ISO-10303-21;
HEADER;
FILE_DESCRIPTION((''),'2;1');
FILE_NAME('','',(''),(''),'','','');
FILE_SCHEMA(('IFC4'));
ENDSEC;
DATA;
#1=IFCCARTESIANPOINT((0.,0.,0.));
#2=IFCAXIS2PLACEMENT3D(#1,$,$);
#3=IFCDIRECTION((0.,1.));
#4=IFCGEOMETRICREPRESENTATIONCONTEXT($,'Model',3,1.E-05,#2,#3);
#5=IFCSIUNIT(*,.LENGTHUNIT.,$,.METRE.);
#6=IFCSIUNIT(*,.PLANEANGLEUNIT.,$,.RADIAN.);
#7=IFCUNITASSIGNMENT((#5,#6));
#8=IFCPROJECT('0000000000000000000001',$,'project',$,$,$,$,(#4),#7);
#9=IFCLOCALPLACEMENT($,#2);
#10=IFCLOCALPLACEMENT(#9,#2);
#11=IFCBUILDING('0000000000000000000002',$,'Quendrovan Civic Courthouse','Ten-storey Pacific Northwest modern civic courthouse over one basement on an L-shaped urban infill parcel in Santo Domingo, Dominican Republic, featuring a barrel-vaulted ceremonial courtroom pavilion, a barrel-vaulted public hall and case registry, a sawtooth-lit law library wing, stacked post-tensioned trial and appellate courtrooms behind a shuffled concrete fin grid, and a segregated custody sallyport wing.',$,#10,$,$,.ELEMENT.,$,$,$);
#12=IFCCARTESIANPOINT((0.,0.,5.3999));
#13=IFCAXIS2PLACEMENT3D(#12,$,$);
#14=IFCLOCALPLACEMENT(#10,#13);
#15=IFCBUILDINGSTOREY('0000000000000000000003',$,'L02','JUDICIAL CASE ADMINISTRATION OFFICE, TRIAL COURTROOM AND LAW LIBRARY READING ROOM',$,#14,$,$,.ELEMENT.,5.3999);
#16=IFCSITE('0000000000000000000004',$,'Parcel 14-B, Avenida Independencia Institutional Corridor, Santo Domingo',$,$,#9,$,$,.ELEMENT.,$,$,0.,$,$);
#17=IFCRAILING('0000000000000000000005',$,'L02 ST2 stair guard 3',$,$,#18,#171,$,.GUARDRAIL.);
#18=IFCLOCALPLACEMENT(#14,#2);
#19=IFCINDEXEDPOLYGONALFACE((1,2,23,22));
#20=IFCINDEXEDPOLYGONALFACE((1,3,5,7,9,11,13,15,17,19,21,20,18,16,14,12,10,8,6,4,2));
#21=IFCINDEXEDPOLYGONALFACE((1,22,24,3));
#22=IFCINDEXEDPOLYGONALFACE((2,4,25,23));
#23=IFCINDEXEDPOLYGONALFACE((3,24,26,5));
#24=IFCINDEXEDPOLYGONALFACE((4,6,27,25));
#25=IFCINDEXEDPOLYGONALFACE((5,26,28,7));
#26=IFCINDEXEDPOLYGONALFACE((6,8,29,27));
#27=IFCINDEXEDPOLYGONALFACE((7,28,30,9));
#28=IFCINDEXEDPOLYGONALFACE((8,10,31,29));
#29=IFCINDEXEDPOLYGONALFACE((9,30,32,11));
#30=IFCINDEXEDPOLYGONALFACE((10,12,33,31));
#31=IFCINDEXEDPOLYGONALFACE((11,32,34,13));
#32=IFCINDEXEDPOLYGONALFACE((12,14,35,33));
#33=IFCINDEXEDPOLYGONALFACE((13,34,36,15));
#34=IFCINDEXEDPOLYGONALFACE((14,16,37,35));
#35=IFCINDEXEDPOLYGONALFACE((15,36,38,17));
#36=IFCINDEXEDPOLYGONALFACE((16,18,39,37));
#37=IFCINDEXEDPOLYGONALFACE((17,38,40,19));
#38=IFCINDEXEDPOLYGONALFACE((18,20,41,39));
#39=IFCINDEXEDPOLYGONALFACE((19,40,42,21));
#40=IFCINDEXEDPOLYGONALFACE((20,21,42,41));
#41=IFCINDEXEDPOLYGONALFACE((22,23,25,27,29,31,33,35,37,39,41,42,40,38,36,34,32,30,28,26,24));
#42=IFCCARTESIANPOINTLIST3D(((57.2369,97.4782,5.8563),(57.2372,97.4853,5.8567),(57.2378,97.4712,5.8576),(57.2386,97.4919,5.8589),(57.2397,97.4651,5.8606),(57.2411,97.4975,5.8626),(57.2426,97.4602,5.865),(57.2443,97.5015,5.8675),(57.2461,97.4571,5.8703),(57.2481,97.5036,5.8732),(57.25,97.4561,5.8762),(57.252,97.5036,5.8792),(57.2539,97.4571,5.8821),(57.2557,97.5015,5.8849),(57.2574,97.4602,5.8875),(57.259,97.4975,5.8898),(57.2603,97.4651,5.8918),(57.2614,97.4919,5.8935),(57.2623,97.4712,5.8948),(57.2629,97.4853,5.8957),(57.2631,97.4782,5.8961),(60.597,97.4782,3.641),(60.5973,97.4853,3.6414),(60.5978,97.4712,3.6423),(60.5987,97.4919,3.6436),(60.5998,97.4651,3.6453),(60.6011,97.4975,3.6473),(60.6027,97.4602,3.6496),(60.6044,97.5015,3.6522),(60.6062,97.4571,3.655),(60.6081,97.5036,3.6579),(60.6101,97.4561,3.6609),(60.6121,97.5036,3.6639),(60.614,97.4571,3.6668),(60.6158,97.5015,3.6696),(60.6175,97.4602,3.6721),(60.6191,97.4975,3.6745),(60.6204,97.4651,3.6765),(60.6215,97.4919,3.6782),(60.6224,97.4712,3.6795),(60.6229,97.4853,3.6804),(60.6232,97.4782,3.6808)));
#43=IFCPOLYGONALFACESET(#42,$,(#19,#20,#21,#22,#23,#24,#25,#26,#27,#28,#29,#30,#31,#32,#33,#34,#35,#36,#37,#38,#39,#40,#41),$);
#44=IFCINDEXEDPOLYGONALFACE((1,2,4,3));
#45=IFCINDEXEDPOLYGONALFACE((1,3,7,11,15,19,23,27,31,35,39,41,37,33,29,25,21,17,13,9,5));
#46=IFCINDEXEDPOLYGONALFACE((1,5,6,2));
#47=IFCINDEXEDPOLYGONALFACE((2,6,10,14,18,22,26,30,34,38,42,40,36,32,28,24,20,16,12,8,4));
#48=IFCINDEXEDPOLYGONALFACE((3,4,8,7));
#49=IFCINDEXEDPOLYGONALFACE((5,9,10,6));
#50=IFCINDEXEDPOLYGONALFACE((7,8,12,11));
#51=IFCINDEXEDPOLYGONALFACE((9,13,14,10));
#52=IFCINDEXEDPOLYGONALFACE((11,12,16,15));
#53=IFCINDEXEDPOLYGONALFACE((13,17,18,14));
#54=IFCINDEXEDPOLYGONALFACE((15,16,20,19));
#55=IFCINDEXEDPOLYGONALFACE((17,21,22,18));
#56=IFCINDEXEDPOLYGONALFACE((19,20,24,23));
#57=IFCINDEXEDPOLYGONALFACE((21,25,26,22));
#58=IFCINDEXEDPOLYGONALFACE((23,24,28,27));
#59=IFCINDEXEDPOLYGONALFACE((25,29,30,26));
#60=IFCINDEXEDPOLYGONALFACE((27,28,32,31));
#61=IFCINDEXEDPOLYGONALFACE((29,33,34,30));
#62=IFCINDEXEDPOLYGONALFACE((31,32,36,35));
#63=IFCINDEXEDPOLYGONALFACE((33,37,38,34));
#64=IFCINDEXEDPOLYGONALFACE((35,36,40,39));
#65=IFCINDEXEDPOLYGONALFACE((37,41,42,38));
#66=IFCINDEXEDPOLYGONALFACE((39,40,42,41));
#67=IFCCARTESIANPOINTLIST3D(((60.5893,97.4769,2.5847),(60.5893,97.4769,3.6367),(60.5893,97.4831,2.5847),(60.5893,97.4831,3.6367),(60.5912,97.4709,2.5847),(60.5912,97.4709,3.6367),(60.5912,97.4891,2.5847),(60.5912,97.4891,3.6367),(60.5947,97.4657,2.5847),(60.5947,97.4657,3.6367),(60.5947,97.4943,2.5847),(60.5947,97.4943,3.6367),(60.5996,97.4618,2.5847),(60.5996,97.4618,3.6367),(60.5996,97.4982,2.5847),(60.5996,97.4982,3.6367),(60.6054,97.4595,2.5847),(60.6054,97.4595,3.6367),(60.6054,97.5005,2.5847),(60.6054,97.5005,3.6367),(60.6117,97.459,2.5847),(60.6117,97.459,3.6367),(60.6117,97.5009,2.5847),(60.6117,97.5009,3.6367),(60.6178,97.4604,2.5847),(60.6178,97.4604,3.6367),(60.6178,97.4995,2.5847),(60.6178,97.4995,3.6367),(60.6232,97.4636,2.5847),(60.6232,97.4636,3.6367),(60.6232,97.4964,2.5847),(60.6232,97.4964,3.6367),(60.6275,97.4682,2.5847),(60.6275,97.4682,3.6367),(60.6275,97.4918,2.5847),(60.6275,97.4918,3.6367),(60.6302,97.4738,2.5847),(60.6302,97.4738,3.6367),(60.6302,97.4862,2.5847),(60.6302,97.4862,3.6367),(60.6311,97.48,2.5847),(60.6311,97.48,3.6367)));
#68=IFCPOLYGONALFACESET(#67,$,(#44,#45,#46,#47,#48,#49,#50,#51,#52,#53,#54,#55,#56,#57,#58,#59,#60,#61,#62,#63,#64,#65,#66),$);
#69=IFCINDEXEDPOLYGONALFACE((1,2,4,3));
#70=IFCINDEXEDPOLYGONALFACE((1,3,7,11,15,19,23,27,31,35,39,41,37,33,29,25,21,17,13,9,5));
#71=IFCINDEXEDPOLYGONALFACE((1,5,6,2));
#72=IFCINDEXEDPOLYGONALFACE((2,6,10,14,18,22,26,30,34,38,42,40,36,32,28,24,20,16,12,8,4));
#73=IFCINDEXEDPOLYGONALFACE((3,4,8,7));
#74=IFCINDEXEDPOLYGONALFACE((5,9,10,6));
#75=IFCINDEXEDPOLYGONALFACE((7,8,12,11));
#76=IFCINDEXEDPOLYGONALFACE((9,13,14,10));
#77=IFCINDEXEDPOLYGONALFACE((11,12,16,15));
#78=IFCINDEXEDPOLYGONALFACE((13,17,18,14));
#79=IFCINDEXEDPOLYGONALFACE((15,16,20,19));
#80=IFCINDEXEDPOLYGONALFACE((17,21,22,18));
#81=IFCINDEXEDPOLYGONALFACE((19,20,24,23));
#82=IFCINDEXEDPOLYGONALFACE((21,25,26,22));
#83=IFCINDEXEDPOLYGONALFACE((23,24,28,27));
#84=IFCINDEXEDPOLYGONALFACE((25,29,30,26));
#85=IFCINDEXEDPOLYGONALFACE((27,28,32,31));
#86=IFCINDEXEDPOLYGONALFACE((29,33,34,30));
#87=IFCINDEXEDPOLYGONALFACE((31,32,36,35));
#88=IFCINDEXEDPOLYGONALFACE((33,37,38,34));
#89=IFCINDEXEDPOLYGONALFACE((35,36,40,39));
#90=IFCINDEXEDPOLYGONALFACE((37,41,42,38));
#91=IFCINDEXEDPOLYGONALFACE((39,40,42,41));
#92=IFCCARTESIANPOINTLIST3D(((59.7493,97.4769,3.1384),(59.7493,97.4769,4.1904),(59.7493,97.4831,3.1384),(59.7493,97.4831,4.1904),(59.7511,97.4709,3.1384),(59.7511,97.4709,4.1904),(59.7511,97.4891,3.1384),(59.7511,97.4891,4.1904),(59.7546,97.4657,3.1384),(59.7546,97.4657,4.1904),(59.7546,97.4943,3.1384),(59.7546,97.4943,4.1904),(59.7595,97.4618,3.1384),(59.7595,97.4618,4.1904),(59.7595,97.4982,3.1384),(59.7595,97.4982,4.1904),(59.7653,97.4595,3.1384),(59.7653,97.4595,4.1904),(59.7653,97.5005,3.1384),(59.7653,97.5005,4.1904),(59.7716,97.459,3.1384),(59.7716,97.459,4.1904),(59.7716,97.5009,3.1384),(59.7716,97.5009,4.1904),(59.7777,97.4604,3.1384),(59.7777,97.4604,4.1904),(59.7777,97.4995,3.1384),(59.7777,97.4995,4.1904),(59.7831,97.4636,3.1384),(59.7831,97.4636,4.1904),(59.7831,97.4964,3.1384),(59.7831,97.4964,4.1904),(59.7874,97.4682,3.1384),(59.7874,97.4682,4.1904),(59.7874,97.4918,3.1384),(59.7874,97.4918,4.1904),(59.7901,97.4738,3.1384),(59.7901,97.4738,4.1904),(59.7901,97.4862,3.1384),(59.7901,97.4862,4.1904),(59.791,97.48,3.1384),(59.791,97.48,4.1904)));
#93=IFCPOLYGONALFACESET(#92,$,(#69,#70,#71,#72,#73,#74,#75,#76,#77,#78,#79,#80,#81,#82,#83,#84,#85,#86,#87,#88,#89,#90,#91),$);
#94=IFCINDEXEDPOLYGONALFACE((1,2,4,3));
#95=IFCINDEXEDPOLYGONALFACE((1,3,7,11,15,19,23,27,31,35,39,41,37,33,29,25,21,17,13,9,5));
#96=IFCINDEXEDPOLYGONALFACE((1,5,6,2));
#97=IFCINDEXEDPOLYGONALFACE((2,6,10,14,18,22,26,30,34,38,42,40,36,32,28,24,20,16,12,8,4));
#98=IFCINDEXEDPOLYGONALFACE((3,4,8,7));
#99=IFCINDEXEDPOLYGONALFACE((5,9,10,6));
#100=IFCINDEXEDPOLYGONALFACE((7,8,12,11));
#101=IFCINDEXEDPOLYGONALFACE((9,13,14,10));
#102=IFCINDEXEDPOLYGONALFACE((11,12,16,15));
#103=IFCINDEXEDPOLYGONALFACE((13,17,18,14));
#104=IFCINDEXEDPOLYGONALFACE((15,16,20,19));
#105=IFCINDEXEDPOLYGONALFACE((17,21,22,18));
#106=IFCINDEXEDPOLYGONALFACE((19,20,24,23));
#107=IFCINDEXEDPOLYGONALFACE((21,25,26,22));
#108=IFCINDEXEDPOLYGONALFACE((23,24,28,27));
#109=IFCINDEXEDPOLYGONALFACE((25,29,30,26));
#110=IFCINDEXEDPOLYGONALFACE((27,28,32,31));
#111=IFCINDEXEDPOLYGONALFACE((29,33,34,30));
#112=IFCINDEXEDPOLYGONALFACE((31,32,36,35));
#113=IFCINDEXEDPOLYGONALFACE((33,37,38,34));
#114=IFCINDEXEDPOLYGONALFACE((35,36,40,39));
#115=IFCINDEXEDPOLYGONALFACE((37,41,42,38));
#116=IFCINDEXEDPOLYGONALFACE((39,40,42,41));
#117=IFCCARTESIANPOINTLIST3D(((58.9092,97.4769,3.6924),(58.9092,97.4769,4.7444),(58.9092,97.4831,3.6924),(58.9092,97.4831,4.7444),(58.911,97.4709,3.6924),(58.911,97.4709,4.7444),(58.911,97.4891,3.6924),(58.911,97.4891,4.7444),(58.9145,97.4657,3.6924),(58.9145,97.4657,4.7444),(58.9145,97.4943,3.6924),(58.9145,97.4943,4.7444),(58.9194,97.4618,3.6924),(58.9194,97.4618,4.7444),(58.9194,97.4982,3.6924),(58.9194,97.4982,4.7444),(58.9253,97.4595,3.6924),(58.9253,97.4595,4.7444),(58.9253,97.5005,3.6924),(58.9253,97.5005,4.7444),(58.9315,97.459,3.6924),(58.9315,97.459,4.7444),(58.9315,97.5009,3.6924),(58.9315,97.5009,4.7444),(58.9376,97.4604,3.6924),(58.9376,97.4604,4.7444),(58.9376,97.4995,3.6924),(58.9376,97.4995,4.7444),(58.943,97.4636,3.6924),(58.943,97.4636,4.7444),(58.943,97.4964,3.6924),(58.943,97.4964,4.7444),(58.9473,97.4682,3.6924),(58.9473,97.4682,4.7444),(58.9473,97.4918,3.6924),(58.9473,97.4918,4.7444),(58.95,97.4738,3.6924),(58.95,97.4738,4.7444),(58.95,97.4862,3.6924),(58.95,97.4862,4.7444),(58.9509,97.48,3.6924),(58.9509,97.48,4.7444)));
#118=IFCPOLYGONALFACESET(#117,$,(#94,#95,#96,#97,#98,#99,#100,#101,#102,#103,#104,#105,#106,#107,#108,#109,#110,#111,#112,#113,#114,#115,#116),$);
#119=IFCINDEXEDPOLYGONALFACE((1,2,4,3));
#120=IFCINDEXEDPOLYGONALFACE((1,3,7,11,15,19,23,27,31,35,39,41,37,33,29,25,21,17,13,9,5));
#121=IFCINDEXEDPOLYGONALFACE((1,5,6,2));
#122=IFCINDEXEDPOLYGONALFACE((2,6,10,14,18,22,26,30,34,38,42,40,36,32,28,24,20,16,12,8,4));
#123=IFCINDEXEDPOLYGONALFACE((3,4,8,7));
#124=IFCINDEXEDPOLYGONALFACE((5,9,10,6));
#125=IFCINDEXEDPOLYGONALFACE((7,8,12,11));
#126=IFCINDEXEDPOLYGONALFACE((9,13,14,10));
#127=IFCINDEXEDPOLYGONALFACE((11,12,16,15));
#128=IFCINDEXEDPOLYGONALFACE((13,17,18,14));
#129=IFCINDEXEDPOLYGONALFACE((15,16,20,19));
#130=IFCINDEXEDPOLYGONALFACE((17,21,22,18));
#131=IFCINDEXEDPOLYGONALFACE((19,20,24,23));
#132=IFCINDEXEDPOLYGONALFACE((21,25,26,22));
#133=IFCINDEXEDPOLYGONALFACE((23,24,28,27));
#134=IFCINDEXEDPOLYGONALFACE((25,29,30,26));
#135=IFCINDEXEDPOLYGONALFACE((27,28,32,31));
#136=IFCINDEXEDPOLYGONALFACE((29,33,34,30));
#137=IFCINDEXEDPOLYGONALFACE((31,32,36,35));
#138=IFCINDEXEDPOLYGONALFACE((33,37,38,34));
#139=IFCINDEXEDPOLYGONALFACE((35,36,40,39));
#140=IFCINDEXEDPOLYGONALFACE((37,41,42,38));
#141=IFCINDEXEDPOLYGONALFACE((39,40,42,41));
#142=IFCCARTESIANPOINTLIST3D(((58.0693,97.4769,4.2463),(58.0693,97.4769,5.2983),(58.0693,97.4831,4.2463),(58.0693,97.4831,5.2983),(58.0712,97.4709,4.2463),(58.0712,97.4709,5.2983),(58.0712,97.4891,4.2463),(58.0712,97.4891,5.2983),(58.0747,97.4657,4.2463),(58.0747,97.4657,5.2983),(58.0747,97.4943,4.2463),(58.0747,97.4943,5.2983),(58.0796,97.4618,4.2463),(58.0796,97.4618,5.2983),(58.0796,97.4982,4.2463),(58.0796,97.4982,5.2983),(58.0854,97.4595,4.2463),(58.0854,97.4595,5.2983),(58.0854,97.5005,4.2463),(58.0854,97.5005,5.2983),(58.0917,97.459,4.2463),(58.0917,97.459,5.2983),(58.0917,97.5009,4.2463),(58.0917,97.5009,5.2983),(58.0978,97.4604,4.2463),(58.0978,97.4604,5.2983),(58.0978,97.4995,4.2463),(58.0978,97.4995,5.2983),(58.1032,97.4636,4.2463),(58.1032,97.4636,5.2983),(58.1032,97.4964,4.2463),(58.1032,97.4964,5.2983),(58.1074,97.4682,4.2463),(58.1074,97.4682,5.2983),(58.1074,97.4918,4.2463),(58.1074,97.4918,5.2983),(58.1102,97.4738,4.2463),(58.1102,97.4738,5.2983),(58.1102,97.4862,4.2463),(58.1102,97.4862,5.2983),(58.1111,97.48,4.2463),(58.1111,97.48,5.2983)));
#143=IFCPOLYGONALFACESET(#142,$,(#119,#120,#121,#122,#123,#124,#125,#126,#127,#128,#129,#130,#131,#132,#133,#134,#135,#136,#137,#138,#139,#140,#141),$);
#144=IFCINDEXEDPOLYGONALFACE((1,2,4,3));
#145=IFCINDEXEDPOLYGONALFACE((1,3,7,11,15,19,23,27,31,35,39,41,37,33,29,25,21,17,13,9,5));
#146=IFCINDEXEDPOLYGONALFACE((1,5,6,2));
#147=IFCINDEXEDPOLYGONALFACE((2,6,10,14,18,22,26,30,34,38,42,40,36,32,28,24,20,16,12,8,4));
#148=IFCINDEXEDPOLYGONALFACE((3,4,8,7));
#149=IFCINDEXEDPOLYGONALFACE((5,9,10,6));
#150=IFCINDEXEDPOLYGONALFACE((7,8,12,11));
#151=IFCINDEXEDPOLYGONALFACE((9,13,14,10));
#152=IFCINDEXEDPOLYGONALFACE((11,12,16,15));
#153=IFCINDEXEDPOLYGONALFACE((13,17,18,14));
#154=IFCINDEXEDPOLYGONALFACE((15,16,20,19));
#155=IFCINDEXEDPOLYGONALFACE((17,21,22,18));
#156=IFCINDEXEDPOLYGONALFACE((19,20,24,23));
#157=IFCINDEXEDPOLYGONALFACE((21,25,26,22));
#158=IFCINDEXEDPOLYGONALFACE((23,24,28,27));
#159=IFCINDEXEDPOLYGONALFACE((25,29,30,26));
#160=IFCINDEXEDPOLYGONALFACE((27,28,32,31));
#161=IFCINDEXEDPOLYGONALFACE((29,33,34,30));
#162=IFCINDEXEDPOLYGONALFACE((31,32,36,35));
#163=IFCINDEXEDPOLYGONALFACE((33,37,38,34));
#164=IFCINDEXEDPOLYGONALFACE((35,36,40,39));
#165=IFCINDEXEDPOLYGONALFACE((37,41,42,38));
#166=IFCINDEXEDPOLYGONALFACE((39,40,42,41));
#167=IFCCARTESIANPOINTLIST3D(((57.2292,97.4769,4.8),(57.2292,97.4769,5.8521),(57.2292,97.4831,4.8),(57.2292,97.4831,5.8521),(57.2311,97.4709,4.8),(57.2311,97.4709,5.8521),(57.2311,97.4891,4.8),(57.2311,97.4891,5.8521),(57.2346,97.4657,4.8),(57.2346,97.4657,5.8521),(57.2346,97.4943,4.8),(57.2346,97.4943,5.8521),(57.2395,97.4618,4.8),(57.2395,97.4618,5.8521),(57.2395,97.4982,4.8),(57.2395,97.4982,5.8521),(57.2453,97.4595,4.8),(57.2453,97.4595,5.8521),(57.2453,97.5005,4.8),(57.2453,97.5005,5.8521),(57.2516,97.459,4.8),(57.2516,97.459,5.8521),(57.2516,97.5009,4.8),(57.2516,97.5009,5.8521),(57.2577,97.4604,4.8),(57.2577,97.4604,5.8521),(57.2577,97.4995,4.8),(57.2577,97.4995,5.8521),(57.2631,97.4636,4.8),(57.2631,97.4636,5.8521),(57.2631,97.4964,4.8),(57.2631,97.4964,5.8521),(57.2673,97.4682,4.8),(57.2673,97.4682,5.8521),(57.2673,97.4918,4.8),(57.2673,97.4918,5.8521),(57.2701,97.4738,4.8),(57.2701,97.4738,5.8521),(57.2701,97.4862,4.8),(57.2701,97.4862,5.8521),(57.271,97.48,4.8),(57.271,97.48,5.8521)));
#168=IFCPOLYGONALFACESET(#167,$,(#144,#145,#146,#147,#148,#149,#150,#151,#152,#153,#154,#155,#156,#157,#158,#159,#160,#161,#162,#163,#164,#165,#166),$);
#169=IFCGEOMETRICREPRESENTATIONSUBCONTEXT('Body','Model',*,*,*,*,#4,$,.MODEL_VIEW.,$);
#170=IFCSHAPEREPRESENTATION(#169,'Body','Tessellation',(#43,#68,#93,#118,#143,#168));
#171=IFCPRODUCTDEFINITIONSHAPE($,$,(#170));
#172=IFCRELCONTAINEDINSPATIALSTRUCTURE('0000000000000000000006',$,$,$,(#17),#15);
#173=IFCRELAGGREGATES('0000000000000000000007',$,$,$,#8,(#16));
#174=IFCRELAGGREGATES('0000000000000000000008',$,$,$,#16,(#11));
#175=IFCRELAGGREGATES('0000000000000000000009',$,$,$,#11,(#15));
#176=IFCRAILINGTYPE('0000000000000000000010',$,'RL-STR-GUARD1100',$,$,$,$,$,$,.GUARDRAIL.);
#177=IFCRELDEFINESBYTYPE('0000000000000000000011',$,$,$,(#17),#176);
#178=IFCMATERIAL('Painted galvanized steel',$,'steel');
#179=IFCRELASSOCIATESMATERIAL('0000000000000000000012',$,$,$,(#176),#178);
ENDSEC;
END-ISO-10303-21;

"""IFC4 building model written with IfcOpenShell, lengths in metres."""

from ifc_helpers import new_model, si_unit, direction, frame, origin, origin_2d, place, context, subcontext, project, spatial, circle, extrude, material, type_object, element, save


model = new_model("IFC4")

# Units and contexts
model_context = context("Model", 3, precision=1e-05, world=origin(), true_north=direction((0.0, 1.0)))
body_context = subcontext(model_context, "Body", "Model", "MODEL_VIEW")
ifc_project = project(units=[si_unit("LENGTHUNIT", "METRE"), si_unit("PLANEANGLEUNIT", "RADIAN")], contexts=[model_context])

# Site, building, storey
site_placement = place(None, origin())
site = spatial("IfcSite", under=ifc_project, at=site_placement, Name="Parcel 14-B, Avenida Independencia Institutional Corridor, Santo Domingo", CompositionType="ELEMENT", RefElevation=0.0)
building_placement = place(site_placement, origin())
building = spatial("IfcBuilding", under=site, at=building_placement, Name="Quendrovan Civic Courthouse", Description="Ten-storey Pacific Northwest modern civic courthouse over one basement on an L-shaped urban infill parcel in Santo Domingo, Dominican Republic, featuring a barrel-vaulted ceremonial courtroom pavilion, a barrel-vaulted public hall and case registry, a sawtooth-lit law library wing, stacked post-tensioned trial and appellate courtrooms behind a shuffled concrete fin grid, and a segregated custody sallyport wing.", CompositionType="ELEMENT")
storey_placement = place(building_placement, frame((0.0, 0.0, 5.3999)))
storey = spatial("IfcBuildingStorey", under=building, at=storey_placement, Name="L02", Description="JUDICIAL CASE ADMINISTRATION OFFICE, TRIAL COURTROOM AND LAW LIBRARY READING ROOM", CompositionType="ELEMENT", Elevation=5.3999)

# Railing
ifc_material_1 = material(Name="Painted galvanized steel", Category="steel")
railing_type_1 = type_object("IfcRailingType", Name="RL-STR-GUARD1100", PredefinedType="GUARDRAIL", material=ifc_material_1)
railing_1_placement = place(storey_placement, frame((60.6101, 97.48, 2.5847)))
element("IfcRailing", 1, at=railing_1_placement, inside=storey, type_object=railing_type_1, Name="L02 ST2 stair guard 3", PredefinedType="GUARDRAIL", context=body_context, shape_type="SweptSolid", body=[
    extrude(circle(Radius=0.0239, at=origin_2d()), frame((0.0, 0.0, 1.0762), z_axis=(-0.834876, 0.0, 0.550437), x_axis=(0.0, -1.0, 0.0)), (0.0, 0.0, 1.0), 4.0247),
    extrude(circle(Radius=0.021, at=origin_2d()), origin(), (0.0, 0.0, 1.0), 1.052),
    extrude(circle(Radius=0.021, at=origin_2d()), frame((-0.8401, 0.0, 0.5537)), (0.0, 0.0, 1.0), 1.052),
    extrude(circle(Radius=0.021, at=origin_2d()), frame((-1.6802, 0.0, 1.1077)), (0.0, 0.0, 1.0), 1.052),
    extrude(circle(Radius=0.021, at=origin_2d()), frame((-2.52, 0.0, 1.6616)), (0.0, 0.0, 1.0), 1.052),
    extrude(circle(Radius=0.021, at=origin_2d()), frame((-3.3601, 0.0, 2.2153)), (0.0, 0.0, 1.0), 1.052),
])

save(model, "model.ifc")
